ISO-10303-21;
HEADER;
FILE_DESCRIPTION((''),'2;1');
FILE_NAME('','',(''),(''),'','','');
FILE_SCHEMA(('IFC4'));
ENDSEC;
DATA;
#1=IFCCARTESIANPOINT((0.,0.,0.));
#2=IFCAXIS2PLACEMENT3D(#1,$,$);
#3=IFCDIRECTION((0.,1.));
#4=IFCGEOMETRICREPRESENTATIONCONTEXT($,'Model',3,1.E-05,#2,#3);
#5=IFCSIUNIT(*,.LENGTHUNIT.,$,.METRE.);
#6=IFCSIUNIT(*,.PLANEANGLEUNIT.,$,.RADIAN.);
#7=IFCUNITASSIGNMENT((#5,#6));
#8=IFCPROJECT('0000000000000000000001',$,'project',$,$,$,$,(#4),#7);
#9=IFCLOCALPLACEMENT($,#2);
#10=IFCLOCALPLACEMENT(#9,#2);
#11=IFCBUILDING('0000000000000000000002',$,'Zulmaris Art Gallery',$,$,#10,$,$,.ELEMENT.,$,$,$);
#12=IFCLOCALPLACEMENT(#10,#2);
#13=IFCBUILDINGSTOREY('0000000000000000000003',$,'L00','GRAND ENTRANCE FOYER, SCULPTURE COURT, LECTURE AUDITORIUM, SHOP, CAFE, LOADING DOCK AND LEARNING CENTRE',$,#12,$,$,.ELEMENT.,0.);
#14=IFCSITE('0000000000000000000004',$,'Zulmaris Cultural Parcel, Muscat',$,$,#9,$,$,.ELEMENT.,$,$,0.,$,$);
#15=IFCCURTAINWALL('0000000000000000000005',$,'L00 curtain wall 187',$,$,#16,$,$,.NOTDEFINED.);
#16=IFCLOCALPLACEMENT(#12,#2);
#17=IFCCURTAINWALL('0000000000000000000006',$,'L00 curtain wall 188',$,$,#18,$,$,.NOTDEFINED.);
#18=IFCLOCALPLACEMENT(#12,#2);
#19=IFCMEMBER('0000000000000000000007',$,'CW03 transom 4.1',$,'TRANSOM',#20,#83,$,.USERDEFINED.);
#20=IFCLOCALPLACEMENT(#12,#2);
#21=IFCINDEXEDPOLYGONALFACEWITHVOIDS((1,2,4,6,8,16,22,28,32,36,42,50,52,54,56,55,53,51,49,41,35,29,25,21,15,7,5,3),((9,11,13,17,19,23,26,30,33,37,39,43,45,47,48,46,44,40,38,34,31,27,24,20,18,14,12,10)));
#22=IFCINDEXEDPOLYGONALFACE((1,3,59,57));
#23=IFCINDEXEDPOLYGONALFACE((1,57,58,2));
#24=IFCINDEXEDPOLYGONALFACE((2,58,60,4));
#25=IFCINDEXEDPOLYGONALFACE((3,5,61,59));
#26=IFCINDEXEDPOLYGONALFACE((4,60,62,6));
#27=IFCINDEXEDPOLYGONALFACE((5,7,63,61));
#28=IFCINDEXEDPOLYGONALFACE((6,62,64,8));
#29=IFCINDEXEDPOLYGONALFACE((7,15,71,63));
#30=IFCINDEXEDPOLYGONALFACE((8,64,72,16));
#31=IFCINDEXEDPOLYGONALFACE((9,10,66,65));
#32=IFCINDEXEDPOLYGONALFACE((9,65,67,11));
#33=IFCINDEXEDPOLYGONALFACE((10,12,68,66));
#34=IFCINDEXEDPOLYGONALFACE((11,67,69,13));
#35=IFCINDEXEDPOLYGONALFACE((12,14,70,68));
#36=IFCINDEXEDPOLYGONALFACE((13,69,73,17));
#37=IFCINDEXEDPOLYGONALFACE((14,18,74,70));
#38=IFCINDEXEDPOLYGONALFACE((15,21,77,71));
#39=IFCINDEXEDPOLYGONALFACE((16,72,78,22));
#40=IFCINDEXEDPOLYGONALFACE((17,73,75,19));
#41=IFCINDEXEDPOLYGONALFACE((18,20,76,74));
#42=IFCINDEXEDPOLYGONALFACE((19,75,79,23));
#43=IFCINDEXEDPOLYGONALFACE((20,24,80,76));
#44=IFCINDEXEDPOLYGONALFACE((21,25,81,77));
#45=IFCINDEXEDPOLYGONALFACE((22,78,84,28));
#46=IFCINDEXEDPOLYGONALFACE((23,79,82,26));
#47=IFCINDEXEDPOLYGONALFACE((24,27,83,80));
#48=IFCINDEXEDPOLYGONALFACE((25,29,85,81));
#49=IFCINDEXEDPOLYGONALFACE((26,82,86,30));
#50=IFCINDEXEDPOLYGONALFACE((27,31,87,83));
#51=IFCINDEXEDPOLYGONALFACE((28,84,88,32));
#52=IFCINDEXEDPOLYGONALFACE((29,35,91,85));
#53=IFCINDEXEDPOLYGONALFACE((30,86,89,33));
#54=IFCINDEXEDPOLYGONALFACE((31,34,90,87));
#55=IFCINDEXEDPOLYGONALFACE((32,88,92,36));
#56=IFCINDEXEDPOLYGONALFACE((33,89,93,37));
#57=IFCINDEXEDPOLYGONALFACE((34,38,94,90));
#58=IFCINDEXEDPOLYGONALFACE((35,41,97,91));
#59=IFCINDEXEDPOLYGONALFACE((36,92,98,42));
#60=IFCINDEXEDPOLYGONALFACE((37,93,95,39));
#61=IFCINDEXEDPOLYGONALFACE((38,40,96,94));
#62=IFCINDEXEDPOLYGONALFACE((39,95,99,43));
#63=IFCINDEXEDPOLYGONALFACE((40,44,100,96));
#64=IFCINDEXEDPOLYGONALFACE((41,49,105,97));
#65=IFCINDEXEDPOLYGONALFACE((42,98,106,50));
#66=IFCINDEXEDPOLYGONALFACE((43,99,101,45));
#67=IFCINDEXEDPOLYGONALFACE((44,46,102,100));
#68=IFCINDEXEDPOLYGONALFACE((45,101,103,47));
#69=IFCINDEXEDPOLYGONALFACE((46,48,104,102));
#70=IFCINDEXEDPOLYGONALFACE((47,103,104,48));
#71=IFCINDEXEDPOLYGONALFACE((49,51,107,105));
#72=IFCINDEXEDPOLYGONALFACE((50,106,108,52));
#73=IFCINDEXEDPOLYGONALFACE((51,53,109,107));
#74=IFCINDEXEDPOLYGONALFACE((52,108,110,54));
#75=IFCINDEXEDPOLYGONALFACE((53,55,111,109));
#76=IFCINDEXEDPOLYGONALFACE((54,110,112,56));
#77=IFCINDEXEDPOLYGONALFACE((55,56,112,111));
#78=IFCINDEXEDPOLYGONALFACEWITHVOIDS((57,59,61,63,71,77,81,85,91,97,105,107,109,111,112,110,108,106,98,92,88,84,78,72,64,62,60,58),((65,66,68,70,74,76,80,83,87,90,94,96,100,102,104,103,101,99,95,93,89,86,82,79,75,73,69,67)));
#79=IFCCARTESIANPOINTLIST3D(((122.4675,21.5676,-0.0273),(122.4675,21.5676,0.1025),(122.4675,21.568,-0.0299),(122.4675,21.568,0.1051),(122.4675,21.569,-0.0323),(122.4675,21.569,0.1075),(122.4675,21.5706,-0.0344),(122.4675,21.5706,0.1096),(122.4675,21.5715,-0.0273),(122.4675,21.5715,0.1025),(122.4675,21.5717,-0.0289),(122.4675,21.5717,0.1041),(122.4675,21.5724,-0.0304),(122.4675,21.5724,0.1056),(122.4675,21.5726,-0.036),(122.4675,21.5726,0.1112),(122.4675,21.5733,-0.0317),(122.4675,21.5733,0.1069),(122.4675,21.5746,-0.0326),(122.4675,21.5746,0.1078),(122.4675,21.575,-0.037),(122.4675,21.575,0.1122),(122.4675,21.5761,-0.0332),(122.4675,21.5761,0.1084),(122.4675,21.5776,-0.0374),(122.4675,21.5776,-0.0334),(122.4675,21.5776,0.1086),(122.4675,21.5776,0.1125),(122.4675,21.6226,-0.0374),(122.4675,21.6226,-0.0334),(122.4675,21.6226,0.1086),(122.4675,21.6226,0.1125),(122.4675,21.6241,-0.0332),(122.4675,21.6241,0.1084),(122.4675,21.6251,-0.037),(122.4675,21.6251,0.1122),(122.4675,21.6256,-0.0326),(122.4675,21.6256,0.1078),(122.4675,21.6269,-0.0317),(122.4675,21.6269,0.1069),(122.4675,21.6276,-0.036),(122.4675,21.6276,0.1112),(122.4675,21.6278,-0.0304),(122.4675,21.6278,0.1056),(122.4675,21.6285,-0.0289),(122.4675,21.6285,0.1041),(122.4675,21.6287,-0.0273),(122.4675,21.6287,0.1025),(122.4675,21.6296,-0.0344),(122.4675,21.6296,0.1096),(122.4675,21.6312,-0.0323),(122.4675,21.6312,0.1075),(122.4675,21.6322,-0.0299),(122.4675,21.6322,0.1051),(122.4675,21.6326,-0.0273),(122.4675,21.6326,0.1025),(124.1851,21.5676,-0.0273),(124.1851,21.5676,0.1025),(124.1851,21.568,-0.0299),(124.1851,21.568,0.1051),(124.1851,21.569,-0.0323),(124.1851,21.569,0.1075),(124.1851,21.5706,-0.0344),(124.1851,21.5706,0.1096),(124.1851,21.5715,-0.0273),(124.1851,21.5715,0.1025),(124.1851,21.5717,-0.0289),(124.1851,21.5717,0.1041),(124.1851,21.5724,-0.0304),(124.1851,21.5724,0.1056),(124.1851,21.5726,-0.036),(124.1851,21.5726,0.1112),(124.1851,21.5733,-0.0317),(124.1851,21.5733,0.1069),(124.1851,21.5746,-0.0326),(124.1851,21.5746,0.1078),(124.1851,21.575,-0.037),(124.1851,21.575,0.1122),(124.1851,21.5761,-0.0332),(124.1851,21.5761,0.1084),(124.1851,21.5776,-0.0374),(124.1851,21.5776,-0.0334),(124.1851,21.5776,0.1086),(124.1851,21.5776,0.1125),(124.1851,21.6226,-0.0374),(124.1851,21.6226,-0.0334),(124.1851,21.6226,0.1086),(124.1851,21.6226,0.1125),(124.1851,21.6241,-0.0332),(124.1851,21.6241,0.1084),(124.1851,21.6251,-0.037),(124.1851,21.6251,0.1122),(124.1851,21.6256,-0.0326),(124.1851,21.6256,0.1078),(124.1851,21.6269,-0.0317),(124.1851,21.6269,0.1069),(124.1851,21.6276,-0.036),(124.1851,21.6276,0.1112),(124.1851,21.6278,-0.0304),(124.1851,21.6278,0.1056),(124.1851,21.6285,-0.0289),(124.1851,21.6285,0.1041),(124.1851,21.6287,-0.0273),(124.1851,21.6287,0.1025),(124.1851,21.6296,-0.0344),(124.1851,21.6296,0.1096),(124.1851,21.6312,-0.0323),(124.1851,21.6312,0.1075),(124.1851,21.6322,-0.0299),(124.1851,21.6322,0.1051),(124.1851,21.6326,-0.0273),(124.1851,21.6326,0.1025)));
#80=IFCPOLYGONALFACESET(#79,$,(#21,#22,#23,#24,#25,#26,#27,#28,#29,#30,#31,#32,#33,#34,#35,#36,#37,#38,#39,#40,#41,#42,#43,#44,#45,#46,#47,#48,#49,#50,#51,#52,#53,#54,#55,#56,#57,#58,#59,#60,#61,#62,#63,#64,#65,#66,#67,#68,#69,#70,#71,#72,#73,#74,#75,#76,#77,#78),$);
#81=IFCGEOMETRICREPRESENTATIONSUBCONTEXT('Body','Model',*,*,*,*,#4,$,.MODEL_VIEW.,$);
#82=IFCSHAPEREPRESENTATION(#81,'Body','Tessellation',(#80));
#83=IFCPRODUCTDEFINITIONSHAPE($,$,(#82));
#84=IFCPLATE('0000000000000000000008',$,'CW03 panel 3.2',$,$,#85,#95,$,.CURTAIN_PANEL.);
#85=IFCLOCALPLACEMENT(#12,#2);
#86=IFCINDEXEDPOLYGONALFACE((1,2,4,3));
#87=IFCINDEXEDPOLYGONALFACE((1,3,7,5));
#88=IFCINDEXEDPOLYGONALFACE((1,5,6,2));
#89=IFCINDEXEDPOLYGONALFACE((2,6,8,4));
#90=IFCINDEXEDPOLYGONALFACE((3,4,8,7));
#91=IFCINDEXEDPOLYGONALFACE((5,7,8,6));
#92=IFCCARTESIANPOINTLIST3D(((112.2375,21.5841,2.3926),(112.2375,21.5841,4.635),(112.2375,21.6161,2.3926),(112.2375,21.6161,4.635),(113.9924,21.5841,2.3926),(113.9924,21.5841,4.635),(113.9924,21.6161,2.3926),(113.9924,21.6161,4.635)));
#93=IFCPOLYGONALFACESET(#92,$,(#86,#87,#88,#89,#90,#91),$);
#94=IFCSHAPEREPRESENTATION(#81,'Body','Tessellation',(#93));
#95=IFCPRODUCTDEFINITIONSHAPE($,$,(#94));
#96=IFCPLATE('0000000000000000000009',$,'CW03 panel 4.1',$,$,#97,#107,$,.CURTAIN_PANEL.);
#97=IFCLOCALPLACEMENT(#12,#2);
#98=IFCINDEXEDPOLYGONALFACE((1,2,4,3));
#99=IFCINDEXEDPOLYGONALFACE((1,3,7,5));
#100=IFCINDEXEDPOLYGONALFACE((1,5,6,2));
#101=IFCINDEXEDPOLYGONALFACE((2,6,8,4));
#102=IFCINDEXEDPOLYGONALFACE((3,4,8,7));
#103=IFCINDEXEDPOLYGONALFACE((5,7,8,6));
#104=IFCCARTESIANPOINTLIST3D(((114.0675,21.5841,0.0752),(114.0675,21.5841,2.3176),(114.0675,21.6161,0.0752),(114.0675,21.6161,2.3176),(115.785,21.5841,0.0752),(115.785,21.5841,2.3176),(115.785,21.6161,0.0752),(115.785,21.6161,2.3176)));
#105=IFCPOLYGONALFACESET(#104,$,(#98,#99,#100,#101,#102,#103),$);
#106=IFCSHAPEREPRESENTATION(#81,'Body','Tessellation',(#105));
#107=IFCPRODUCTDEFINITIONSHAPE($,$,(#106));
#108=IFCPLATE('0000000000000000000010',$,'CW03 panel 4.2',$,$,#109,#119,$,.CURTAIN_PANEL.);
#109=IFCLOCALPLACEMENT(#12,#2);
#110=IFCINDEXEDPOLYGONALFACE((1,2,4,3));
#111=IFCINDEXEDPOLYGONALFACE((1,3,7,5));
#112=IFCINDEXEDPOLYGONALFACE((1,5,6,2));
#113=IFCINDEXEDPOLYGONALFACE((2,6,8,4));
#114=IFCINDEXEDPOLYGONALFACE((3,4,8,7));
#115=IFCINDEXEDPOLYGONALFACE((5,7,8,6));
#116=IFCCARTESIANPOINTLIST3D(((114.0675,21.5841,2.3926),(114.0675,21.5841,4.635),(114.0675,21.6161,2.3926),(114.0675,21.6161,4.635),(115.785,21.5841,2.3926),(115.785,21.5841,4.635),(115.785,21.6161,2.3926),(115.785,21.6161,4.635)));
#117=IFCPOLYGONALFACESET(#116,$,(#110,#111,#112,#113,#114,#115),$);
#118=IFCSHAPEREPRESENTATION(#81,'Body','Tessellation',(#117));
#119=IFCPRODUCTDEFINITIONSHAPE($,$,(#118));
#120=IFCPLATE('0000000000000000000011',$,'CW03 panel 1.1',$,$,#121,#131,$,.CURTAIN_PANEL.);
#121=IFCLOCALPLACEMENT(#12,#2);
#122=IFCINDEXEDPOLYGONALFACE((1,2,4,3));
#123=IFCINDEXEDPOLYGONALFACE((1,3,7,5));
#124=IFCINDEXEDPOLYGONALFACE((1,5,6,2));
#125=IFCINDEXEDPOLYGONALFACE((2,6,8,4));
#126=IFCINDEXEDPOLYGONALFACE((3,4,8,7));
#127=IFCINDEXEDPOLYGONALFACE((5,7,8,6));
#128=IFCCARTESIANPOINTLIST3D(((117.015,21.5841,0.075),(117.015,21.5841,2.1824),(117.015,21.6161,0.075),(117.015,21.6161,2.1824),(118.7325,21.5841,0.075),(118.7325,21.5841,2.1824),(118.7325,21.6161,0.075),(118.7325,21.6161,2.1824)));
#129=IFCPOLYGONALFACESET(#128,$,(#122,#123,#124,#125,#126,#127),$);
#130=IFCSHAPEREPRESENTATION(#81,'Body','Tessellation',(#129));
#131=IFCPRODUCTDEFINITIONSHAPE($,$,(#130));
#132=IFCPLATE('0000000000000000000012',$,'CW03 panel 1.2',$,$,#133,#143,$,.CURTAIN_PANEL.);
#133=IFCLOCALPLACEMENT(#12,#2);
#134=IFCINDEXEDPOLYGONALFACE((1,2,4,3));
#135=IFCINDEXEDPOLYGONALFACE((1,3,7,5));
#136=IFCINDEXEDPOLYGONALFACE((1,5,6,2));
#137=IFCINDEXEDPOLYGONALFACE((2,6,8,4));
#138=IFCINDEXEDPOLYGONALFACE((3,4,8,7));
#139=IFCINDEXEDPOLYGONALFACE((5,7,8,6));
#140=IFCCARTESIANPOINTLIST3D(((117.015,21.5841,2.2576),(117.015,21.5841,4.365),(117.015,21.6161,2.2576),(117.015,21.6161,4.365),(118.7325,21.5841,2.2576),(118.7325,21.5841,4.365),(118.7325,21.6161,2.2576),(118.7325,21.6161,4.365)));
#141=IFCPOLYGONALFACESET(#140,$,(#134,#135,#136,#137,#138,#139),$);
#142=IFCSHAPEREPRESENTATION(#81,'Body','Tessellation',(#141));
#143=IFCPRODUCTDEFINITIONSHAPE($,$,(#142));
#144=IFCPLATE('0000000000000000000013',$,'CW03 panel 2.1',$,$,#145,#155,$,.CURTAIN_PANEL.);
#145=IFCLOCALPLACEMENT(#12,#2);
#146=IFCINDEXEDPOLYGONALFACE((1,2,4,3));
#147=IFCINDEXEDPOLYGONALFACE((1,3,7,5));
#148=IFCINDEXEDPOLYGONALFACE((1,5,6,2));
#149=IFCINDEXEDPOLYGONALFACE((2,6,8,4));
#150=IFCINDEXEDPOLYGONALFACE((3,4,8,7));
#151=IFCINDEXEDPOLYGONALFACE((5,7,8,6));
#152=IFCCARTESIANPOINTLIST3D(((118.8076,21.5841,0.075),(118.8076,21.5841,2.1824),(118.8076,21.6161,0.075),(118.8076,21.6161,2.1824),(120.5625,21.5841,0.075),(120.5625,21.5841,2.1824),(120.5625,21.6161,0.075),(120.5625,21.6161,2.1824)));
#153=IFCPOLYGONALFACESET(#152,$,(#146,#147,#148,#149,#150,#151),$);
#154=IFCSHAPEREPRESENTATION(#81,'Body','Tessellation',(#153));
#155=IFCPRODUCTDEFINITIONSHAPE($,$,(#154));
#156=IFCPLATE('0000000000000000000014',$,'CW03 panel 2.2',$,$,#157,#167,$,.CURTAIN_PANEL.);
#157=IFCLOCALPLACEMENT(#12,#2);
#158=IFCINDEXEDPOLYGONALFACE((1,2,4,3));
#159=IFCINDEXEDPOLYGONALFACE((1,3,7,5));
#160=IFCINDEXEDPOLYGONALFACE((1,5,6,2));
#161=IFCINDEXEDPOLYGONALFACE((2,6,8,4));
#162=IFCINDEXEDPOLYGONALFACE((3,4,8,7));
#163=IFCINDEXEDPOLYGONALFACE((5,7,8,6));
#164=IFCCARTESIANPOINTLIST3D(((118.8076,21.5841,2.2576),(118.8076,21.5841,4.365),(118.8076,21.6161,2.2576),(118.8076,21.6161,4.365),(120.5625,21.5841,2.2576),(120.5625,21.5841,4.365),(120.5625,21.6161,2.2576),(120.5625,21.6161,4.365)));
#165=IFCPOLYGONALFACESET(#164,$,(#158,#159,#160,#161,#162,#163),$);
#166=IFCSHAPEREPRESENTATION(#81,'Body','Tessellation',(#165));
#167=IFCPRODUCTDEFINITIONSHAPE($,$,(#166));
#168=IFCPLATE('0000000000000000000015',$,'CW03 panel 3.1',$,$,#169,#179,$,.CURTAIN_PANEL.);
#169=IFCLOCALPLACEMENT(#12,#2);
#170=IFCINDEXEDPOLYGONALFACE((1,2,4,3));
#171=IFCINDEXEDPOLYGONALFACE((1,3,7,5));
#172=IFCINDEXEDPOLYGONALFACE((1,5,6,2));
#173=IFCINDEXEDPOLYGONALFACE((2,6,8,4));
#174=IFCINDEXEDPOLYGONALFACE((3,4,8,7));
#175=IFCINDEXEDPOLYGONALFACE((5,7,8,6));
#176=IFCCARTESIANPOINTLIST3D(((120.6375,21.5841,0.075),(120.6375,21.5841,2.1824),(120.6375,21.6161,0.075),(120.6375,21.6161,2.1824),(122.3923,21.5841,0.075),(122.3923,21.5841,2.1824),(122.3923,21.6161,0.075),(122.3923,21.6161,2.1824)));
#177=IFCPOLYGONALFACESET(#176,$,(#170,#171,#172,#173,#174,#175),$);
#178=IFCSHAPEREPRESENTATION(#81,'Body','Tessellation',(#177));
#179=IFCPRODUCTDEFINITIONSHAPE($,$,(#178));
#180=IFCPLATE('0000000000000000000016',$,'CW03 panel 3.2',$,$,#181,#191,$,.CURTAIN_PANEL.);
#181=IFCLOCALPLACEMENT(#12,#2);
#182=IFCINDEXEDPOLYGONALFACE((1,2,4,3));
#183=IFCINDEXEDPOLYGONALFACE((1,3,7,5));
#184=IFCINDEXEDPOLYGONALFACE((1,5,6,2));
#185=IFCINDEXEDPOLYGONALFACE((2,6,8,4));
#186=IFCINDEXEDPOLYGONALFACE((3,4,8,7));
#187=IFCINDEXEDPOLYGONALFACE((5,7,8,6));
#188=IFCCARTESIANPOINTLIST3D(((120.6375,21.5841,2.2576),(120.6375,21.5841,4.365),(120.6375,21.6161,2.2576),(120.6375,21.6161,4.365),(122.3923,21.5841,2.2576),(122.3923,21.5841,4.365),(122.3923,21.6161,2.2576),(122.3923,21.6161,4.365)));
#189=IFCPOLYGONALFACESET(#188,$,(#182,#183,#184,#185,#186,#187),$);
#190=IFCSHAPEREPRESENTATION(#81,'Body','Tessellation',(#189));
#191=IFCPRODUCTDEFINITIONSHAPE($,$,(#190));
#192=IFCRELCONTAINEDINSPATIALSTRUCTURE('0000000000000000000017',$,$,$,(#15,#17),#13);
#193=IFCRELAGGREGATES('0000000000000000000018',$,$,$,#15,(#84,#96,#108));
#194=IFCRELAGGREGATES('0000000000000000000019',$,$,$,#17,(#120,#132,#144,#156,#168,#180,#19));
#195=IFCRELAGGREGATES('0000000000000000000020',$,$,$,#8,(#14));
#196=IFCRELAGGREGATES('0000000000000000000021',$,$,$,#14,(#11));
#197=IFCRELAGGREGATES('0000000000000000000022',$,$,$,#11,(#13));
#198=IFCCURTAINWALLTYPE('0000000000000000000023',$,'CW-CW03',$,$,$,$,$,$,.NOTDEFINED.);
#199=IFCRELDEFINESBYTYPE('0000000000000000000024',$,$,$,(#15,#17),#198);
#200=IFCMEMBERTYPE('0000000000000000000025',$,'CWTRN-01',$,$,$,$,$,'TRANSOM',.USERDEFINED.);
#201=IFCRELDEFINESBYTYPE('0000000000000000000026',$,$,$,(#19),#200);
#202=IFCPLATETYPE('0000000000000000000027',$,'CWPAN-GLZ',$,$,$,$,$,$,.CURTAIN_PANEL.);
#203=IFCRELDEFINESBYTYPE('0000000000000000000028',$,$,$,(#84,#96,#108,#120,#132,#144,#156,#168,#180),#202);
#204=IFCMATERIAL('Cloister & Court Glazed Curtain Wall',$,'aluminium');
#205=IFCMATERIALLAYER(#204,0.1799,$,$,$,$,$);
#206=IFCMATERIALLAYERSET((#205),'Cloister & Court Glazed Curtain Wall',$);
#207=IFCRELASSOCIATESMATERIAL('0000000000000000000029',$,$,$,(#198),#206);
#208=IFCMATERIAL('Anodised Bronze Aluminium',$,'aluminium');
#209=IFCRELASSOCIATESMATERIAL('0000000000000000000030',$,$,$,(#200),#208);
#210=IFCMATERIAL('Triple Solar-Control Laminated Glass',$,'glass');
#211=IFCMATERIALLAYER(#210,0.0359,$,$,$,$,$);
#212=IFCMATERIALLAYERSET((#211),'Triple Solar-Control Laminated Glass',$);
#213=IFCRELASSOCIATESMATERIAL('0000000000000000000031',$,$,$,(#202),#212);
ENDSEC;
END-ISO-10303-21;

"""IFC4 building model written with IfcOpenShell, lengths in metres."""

from ifc_helpers import new_model, si_unit, direction, frame, origin, origin_2d, place, context, subcontext, project, spatial, rectangle, hollow_rectangle, extrude, material, layer, layer_set, material_profile, profile_set, type_object, element, aggregate, save


model = new_model("IFC4")

# Units and contexts
model_context = context("Model", 3, precision=1e-05, world=origin(), true_north=direction((0.0, 1.0)))
body_context = subcontext(model_context, "Body", "Model", "MODEL_VIEW")
ifc_project = project(units=[si_unit("LENGTHUNIT", "METRE"), si_unit("PLANEANGLEUNIT", "RADIAN")], contexts=[model_context])

# Site, building, storey
site_placement = place(None, origin())
site = spatial("IfcSite", under=ifc_project, at=site_placement, Name="Zulmaris Cultural Parcel, Muscat", CompositionType="ELEMENT", RefElevation=0.0)
building_placement = place(site_placement, origin())
building = spatial("IfcBuilding", under=site, at=building_placement, Name="Zulmaris Art Gallery", CompositionType="ELEMENT")
storey_placement = place(building_placement, origin())
storey = spatial("IfcBuildingStorey", under=building, at=storey_placement, Name="L00", Description="GRAND ENTRANCE FOYER, SCULPTURE COURT, LECTURE AUDITORIUM, SHOP, CAFE, LOADING DOCK AND LEARNING CENTRE", CompositionType="ELEMENT", Elevation=0.0)

# Curtain walls
ifc_material_1 = material(Name="Cloister & Court Glazed Curtain Wall", Category="aluminium")
ifc_layer_1 = layer(ifc_material_1, 0.1799)
ifc_layer_set_1 = layer_set([ifc_layer_1], Name="Cloister & Court Glazed Curtain Wall")
curtain_wall_type = type_object("IfcCurtainWallType", Name="CW-CW03", PredefinedType="NOTDEFINED", material=ifc_layer_set_1)
curtain_wall_1_placement = place(storey_placement, origin())
curtain_wall_1 = element("IfcCurtainWall", 1, at=curtain_wall_1_placement, inside=storey, type_object=curtain_wall_type, Name="L00 curtain wall 187", PredefinedType="NOTDEFINED")
ifc_material_2 = material(Name="Anodised Bronze Aluminium", Category="aluminium")
curtain_wall_2_placement = place(storey_placement, origin())
curtain_wall_2 = element("IfcCurtainWall", 2, at=curtain_wall_2_placement, inside=storey, type_object=curtain_wall_type, Name="L00 curtain wall 188", PredefinedType="NOTDEFINED")

# Member
ifc_material_profile_1 = material_profile(ifc_material_2, hollow_rectangle(XDim=0.0649, YDim=0.1499, WallThickness=0.0039, InnerFilletRadius=0.0061, OuterFilletRadius=0.01, at=origin_2d()), Name="ALU 65x150x4")
ifc_profile_set_1 = profile_set([ifc_material_profile_1], Name="Anodised Bronze Aluminium")
member_type_1 = type_object("IfcMemberType", Name="CWTRN-01", ElementType="TRANSOM", PredefinedType="USERDEFINED", material=ifc_profile_set_1)
member_1_placement = place(storey_placement, frame((122.4675, 21.6001, 0.0376), z_axis=(1.0, 0.0, 0.0), x_axis=(0.0, 1.0, 0.0)))
member_1 = element("IfcMember", 3, at=member_1_placement, type_object=member_type_1, Name="CW03 transom 4.1", ObjectType="TRANSOM", PredefinedType="USERDEFINED", context=body_context, shape_type="SweptSolid", body=[
    extrude(hollow_rectangle(XDim=0.0649, YDim=0.1499, WallThickness=0.0039, InnerFilletRadius=0.0061, OuterFilletRadius=0.01, at=origin_2d()), origin(), (0.0, 0.0, 1.0), 1.7175),
])

# Plates
ifc_material_3 = material(Name="Triple Solar-Control Laminated Glass", Category="glass")
ifc_layer_2 = layer(ifc_material_3, 0.0359)
ifc_layer_set_2 = layer_set([ifc_layer_2], Name="Triple Solar-Control Laminated Glass")
plate_type = type_object("IfcPlateType", Name="CWPAN-GLZ", PredefinedType="CURTAIN_PANEL", material=ifc_layer_set_2)
plate_1_placement = place(storey_placement, frame((113.115, 21.6001, 2.3926), z_axis=(0.0, 0.0, 1.0), x_axis=(1.0, 0.0, 0.0)))
plate_1 = element("IfcPlate", 4, at=plate_1_placement, type_object=plate_type, Name="CW03 panel 3.2", PredefinedType="CURTAIN_PANEL", context=body_context, shape_type="SweptSolid", body=[
    extrude(rectangle(XDim=1.7549, YDim=0.032, at=origin_2d()), origin(), (0.0, 0.0, 1.0), 2.2424),
])
plate_2_placement = place(storey_placement, frame((114.9263, 21.6001, 0.0752), z_axis=(0.0, 0.0, 1.0), x_axis=(1.0, 0.0, 0.0)))
plate_2 = element("IfcPlate", 5, at=plate_2_placement, type_object=plate_type, Name="CW03 panel 4.1", PredefinedType="CURTAIN_PANEL", context=body_context, shape_type="SweptSolid", body=[
    extrude(rectangle(XDim=1.7175, YDim=0.032, at=origin_2d()), origin(), (0.0, 0.0, 1.0), 2.2424),
])
plate_3_placement = place(storey_placement, frame((114.9263, 21.6001, 2.3926), z_axis=(0.0, 0.0, 1.0), x_axis=(1.0, 0.0, 0.0)))
plate_3 = element("IfcPlate", 6, at=plate_3_placement, type_object=plate_type, Name="CW03 panel 4.2", PredefinedType="CURTAIN_PANEL", context=body_context, shape_type="SweptSolid", body=[
    extrude(rectangle(XDim=1.7175, YDim=0.032, at=origin_2d()), origin(), (0.0, 0.0, 1.0), 2.2424),
])
aggregate(curtain_wall_1, [plate_1, plate_2, plate_3])
plate_4_placement = place(storey_placement, frame((117.8738, 21.6001, 0.075), z_axis=(0.0, 0.0, 1.0), x_axis=(1.0, 0.0, 0.0)))
plate_4 = element("IfcPlate", 7, at=plate_4_placement, type_object=plate_type, Name="CW03 panel 1.1", PredefinedType="CURTAIN_PANEL", context=body_context, shape_type="SweptSolid", body=[
    extrude(rectangle(XDim=1.7175, YDim=0.032, at=origin_2d()), origin(), (0.0, 0.0, 1.0), 2.1074),
])
plate_5_placement = place(storey_placement, frame((117.8738, 21.6001, 2.2576), z_axis=(0.0, 0.0, 1.0), x_axis=(1.0, 0.0, 0.0)))
plate_5 = element("IfcPlate", 8, at=plate_5_placement, type_object=plate_type, Name="CW03 panel 1.2", PredefinedType="CURTAIN_PANEL", context=body_context, shape_type="SweptSolid", body=[
    extrude(rectangle(XDim=1.7175, YDim=0.032, at=origin_2d()), origin(), (0.0, 0.0, 1.0), 2.1074),
])
plate_6_placement = place(storey_placement, frame((119.6851, 21.6001, 0.075), z_axis=(0.0, 0.0, 1.0), x_axis=(1.0, 0.0, 0.0)))
plate_6 = element("IfcPlate", 9, at=plate_6_placement, type_object=plate_type, Name="CW03 panel 2.1", PredefinedType="CURTAIN_PANEL", context=body_context, shape_type="SweptSolid", body=[
    extrude(rectangle(XDim=1.7549, YDim=0.032, at=origin_2d()), origin(), (0.0, 0.0, 1.0), 2.1074),
])
plate_7_placement = place(storey_placement, frame((119.6851, 21.6001, 2.2576), z_axis=(0.0, 0.0, 1.0), x_axis=(1.0, 0.0, 0.0)))
plate_7 = element("IfcPlate", 10, at=plate_7_placement, type_object=plate_type, Name="CW03 panel 2.2", PredefinedType="CURTAIN_PANEL", context=body_context, shape_type="SweptSolid", body=[
    extrude(rectangle(XDim=1.7549, YDim=0.032, at=origin_2d()), origin(), (0.0, 0.0, 1.0), 2.1074),
])
plate_8_placement = place(storey_placement, frame((121.5149, 21.6001, 0.075), z_axis=(0.0, 0.0, 1.0), x_axis=(1.0, 0.0, 0.0)))
plate_8 = element("IfcPlate", 11, at=plate_8_placement, type_object=plate_type, Name="CW03 panel 3.1", PredefinedType="CURTAIN_PANEL", context=body_context, shape_type="SweptSolid", body=[
    extrude(rectangle(XDim=1.7549, YDim=0.032, at=origin_2d()), origin(), (0.0, 0.0, 1.0), 2.1074),
])
plate_9_placement = place(storey_placement, frame((121.5149, 21.6001, 2.2576), z_axis=(0.0, 0.0, 1.0), x_axis=(1.0, 0.0, 0.0)))
plate_9 = element("IfcPlate", 12, at=plate_9_placement, type_object=plate_type, Name="CW03 panel 3.2", PredefinedType="CURTAIN_PANEL", context=body_context, shape_type="SweptSolid", body=[
    extrude(rectangle(XDim=1.7549, YDim=0.032, at=origin_2d()), origin(), (0.0, 0.0, 1.0), 2.1074),
])
aggregate(curtain_wall_2, [plate_4, plate_5, plate_6, plate_7, plate_8, plate_9, member_1])

save(model, "model.ifc")
